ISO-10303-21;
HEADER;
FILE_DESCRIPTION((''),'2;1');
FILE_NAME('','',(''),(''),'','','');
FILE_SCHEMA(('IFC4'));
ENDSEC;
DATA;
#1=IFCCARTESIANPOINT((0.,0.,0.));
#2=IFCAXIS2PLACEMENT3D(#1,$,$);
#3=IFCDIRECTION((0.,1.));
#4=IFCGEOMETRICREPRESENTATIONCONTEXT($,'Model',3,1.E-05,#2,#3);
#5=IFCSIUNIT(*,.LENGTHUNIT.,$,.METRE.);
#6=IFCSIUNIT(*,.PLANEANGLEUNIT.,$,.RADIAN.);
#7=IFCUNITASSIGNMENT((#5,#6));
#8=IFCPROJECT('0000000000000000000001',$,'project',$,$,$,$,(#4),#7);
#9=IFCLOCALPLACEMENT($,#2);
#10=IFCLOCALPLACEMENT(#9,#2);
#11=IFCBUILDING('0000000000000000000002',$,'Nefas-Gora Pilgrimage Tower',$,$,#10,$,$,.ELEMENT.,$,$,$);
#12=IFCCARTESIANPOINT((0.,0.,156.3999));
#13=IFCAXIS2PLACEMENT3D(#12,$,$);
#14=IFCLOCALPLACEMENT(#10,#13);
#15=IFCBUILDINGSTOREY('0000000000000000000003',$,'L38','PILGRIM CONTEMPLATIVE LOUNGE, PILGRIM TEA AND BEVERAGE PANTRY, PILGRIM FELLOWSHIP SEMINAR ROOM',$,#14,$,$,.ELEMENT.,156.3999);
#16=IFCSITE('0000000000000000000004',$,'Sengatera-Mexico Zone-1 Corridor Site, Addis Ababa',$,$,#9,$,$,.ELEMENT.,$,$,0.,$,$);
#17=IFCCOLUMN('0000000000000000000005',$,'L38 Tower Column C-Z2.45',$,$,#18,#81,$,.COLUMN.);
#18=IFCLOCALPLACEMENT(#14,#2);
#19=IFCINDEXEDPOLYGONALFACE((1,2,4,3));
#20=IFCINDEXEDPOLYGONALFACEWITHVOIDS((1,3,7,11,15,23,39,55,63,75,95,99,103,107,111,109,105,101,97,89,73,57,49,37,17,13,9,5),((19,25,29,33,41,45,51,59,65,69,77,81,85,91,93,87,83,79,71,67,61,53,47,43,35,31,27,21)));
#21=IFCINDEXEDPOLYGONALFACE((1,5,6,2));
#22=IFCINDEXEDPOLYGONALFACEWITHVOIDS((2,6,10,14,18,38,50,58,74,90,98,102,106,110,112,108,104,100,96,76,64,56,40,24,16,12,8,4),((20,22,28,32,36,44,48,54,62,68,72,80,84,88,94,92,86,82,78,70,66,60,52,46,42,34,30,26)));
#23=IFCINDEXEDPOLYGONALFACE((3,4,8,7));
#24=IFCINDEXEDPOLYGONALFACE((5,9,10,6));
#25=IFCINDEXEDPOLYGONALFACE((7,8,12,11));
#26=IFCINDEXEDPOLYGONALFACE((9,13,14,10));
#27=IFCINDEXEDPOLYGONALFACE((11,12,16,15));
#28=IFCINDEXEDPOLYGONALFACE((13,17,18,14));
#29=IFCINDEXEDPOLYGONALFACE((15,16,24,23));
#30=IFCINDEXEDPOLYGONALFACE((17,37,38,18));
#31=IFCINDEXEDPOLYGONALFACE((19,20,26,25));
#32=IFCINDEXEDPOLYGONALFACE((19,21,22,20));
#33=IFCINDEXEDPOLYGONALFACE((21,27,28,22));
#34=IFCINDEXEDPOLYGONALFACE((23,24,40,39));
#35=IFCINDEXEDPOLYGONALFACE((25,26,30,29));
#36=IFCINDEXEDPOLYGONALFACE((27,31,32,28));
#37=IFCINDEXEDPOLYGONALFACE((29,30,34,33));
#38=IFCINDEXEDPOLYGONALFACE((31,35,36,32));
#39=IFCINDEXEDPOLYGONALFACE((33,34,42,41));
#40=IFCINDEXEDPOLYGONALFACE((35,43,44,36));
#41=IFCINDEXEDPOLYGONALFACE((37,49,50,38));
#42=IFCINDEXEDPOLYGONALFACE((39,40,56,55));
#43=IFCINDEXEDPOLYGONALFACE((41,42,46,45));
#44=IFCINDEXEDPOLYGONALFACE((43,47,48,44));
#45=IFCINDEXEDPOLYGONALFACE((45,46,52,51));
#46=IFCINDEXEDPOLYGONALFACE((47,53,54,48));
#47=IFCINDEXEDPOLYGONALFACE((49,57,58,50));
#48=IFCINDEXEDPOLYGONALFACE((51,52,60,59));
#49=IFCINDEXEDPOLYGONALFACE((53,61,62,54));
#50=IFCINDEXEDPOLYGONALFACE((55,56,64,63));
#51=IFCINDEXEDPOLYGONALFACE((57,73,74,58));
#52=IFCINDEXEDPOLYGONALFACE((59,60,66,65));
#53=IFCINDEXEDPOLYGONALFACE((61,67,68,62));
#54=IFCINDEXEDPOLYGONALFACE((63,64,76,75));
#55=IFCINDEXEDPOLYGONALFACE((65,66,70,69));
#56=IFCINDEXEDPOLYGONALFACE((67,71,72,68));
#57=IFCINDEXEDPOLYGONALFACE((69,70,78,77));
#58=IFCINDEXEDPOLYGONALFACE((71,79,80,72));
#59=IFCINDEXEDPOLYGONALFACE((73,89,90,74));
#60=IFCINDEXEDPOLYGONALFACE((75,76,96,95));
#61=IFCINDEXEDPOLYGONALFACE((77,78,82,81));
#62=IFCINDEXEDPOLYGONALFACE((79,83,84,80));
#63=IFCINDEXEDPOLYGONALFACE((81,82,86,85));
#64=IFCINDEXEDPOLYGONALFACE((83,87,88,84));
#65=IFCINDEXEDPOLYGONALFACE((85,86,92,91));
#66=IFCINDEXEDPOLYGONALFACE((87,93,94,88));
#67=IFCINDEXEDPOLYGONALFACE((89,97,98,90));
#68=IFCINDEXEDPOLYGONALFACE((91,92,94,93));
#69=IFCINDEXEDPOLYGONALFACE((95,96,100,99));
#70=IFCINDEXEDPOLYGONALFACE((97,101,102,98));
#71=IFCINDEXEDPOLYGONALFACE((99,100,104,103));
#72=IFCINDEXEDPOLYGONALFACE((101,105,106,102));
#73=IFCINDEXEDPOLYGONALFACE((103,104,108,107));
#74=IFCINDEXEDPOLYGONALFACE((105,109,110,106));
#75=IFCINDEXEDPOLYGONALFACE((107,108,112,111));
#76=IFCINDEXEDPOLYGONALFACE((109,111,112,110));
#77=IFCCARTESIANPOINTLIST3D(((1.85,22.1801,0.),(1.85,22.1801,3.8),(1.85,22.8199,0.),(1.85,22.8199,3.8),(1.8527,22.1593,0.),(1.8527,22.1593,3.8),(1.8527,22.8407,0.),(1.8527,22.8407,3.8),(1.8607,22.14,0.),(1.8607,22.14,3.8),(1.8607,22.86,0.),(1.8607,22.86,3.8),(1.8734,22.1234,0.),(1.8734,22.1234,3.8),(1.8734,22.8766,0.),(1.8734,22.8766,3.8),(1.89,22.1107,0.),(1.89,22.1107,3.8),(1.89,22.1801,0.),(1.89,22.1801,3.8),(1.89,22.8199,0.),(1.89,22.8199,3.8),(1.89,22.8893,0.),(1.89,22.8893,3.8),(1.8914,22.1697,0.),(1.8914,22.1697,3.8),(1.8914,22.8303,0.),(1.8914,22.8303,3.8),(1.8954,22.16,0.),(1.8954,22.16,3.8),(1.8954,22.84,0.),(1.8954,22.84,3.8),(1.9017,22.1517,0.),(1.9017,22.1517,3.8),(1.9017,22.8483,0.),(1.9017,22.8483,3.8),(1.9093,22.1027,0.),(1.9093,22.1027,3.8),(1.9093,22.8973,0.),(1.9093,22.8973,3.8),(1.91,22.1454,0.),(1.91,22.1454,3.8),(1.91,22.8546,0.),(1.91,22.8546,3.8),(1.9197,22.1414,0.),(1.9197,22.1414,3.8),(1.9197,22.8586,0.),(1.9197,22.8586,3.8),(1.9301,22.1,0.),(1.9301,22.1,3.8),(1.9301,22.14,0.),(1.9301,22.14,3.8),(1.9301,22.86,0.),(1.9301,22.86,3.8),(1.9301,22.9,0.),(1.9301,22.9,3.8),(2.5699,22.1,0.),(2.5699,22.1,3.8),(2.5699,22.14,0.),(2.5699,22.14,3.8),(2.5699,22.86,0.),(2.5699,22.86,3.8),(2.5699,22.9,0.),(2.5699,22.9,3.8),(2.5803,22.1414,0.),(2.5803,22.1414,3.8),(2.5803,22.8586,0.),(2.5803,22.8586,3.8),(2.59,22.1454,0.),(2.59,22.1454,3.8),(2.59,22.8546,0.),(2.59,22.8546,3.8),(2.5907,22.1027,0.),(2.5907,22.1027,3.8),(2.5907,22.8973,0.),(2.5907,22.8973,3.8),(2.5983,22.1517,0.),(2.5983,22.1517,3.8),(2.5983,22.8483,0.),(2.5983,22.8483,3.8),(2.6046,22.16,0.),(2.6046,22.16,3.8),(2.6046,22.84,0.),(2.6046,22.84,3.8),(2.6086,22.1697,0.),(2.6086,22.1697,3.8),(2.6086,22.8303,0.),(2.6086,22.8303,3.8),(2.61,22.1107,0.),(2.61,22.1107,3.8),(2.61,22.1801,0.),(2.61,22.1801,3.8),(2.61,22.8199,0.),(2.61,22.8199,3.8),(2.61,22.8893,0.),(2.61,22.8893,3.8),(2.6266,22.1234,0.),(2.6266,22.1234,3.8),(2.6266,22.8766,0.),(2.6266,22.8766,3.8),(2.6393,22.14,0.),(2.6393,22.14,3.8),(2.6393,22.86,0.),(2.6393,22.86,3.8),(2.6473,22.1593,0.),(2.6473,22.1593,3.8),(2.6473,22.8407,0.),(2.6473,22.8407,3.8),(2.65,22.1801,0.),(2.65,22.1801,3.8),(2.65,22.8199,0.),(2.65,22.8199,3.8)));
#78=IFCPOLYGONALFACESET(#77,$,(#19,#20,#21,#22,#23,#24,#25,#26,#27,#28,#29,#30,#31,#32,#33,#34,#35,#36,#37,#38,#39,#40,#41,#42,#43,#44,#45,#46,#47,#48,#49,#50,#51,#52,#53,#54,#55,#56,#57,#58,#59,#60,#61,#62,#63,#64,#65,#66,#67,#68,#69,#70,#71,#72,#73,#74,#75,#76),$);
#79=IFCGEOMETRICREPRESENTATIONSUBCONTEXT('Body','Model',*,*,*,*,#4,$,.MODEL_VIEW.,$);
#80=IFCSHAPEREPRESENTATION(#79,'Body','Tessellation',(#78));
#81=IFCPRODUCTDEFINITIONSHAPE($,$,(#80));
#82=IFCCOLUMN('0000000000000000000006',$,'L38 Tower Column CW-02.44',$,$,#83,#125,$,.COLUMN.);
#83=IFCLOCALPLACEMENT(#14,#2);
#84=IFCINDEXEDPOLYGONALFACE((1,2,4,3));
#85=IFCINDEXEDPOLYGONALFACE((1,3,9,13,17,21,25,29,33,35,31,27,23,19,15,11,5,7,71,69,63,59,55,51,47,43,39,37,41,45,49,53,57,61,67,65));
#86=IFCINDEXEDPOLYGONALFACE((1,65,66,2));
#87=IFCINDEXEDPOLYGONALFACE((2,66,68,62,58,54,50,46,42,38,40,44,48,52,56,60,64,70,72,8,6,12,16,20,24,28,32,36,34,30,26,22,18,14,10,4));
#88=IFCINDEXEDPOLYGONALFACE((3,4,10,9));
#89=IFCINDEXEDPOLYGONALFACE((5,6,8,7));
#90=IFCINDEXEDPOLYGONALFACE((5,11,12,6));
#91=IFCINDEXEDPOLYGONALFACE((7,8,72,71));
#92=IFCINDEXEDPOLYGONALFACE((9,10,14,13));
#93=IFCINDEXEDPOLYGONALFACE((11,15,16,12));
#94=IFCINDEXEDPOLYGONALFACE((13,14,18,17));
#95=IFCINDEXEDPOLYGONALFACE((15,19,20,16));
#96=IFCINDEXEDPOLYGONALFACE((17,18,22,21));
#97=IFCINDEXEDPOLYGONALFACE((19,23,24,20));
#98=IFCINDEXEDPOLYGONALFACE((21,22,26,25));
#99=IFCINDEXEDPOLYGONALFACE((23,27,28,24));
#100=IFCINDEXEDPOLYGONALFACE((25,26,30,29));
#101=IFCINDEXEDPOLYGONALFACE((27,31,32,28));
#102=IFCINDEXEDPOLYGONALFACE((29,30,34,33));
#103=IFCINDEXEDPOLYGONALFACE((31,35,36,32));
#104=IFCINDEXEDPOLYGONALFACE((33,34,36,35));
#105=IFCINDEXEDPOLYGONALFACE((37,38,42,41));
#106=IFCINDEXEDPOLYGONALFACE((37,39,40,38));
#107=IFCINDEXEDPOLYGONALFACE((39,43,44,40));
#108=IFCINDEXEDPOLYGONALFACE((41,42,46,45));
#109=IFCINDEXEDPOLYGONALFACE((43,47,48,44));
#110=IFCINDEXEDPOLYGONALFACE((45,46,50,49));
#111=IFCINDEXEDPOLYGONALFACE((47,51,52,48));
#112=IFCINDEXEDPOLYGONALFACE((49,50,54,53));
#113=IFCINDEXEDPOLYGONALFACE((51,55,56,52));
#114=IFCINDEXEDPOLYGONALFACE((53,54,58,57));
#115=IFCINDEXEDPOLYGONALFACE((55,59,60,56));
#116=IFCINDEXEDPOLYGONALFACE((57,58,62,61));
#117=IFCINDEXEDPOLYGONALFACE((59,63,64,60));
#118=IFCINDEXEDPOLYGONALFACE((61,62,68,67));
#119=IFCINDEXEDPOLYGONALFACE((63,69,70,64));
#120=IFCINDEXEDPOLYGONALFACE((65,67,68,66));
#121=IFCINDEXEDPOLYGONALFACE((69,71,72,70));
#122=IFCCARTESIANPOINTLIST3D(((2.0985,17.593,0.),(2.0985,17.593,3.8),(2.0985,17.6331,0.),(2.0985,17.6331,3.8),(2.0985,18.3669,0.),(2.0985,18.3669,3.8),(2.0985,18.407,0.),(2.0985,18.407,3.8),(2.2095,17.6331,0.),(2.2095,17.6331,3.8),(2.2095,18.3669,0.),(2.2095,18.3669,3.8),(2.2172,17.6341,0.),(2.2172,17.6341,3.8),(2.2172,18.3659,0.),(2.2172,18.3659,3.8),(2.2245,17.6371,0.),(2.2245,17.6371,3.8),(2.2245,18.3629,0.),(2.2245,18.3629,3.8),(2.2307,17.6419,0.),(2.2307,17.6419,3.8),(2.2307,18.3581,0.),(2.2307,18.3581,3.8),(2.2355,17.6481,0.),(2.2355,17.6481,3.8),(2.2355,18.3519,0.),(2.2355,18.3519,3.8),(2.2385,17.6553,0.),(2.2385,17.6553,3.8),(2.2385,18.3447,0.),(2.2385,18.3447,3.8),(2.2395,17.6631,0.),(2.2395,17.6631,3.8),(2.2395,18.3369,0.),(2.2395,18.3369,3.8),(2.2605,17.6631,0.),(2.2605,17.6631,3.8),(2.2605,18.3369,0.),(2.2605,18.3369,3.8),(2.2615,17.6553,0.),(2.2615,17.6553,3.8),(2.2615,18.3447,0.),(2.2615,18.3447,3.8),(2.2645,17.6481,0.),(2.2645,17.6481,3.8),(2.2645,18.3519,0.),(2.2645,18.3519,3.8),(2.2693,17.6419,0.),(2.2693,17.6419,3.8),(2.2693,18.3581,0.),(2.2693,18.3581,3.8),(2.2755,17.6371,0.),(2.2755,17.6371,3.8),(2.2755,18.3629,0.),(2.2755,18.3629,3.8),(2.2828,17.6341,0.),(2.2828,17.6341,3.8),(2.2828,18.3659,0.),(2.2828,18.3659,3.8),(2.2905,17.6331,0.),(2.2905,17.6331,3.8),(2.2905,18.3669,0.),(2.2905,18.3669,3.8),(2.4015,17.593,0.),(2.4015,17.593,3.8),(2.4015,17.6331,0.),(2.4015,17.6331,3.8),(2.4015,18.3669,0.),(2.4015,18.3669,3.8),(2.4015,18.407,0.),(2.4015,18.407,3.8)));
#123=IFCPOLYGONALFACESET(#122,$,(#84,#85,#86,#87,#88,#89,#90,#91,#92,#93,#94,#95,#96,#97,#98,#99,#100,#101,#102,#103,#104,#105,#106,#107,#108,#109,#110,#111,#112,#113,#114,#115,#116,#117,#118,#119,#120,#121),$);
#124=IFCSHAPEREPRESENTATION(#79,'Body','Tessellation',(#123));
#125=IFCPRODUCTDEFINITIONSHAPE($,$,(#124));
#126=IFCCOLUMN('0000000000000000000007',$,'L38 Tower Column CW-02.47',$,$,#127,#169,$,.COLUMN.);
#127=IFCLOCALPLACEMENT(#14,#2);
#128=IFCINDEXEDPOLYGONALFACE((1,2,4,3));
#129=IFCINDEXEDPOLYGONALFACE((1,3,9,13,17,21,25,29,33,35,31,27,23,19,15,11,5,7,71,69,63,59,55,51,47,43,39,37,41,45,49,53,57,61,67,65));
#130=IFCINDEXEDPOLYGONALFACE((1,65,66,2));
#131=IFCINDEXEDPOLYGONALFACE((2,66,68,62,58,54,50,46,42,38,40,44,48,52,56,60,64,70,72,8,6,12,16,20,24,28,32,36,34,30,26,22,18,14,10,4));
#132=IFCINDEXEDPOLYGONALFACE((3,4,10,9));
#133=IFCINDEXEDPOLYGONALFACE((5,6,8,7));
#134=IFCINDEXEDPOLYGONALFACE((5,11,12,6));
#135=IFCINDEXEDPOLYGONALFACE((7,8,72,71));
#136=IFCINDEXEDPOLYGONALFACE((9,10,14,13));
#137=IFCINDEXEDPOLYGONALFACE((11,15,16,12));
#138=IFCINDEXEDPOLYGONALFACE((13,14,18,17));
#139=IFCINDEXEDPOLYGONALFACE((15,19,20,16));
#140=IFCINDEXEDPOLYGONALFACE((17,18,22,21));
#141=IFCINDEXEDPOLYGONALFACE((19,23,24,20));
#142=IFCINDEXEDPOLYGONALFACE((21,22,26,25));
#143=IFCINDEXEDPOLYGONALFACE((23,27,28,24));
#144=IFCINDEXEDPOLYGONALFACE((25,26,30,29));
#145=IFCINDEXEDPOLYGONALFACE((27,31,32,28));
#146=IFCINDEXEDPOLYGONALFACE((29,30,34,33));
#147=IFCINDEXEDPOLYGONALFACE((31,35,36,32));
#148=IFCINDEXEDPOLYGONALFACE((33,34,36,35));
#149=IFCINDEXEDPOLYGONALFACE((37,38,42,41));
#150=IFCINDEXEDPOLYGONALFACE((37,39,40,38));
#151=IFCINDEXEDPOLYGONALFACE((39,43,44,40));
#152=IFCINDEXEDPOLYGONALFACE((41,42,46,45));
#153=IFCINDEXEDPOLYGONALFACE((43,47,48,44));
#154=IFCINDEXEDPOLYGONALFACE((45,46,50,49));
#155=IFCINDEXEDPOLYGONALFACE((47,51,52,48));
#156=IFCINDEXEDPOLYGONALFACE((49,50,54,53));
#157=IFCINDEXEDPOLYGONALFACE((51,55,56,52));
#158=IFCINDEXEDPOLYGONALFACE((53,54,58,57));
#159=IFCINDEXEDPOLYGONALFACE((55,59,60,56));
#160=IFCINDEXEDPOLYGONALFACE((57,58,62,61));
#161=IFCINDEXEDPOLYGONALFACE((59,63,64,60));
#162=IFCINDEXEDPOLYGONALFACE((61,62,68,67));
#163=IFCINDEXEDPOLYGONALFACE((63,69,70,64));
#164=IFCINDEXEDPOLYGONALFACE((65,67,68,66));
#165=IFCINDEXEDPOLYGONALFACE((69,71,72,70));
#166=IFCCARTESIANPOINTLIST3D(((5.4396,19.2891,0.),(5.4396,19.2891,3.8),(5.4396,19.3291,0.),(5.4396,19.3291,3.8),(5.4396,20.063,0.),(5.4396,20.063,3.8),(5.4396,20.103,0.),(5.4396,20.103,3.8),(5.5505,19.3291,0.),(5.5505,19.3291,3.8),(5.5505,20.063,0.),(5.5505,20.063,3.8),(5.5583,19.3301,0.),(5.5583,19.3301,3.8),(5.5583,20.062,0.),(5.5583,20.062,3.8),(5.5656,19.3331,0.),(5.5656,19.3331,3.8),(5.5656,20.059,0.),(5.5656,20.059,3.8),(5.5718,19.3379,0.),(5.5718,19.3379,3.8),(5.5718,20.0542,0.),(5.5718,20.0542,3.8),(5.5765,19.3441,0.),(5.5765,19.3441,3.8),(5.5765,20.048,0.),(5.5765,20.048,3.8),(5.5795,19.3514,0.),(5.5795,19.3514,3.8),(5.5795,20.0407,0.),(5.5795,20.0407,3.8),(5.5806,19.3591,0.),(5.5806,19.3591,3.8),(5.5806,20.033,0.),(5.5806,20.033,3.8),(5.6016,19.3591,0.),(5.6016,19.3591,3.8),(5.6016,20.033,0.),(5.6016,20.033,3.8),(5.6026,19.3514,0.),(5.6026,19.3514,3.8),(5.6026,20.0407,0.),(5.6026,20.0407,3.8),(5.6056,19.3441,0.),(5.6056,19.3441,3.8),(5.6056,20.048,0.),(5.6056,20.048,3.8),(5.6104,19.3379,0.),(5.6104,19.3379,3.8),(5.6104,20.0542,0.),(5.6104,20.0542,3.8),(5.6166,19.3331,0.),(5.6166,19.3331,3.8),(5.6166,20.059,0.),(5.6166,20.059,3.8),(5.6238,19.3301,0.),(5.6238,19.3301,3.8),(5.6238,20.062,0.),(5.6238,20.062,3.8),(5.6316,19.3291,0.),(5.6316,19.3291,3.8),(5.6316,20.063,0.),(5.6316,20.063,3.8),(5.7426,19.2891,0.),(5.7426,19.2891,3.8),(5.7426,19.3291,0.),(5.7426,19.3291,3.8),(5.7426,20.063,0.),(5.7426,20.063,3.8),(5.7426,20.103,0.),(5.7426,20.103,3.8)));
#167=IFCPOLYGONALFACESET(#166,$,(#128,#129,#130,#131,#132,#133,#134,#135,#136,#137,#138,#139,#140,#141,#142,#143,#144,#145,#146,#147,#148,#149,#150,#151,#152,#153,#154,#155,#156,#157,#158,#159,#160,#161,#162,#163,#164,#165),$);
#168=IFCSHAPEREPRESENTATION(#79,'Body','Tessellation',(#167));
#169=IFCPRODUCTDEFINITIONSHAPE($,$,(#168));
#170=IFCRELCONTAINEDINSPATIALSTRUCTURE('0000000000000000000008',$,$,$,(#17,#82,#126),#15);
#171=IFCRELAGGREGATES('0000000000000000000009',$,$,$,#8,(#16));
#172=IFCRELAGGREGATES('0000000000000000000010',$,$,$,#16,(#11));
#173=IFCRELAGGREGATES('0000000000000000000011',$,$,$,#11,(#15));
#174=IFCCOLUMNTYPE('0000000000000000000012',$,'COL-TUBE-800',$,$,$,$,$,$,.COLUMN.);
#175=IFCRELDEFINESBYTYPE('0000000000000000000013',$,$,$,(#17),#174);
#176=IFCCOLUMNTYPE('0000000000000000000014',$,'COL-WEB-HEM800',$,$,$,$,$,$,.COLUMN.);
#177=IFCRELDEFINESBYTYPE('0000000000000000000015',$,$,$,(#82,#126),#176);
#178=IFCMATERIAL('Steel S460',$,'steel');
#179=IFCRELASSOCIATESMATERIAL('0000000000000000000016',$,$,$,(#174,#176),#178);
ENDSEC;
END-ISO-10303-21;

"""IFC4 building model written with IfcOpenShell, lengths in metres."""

from ifc_helpers import new_model, si_unit, direction, frame, origin, origin_2d, place, context, subcontext, project, spatial, hollow_rectangle, i_section, extrude, source, transform, mapped, material, material_profile, profile_set, type_object, element, save


model = new_model("IFC4")

# Units and contexts
model_context = context("Model", 3, precision=1e-05, world=origin(), true_north=direction((0.0, 1.0)))
body_context = subcontext(model_context, "Body", "Model", "MODEL_VIEW")
ifc_project = project(units=[si_unit("LENGTHUNIT", "METRE"), si_unit("PLANEANGLEUNIT", "RADIAN")], contexts=[model_context])

# Site, building, storey
site_placement = place(None, origin())
site = spatial("IfcSite", under=ifc_project, at=site_placement, Name="Sengatera-Mexico Zone-1 Corridor Site, Addis Ababa", CompositionType="ELEMENT", RefElevation=0.0)
building_placement = place(site_placement, origin())
building = spatial("IfcBuilding", under=site, at=building_placement, Name="Nefas-Gora Pilgrimage Tower", CompositionType="ELEMENT")
storey_placement = place(building_placement, frame((0.0, 0.0, 156.3999)))
storey = spatial("IfcBuildingStorey", under=building, at=storey_placement, Name="L38", Description="PILGRIM CONTEMPLATIVE LOUNGE, PILGRIM TEA AND BEVERAGE PANTRY, PILGRIM FELLOWSHIP SEMINAR ROOM", CompositionType="ELEMENT", Elevation=156.3999)

# Columns
ifc_material_1 = material(Name="Steel S460", Category="steel")
ifc_material_profile_1 = material_profile(ifc_material_1, hollow_rectangle(XDim=0.8, YDim=0.8, WallThickness=0.04, InnerFilletRadius=0.04, OuterFilletRadius=0.0801, at=origin_2d()), Name="BOX 800x800x40")
ifc_profile_set_1 = profile_set([ifc_material_profile_1], Name="Steel S460")
column_type_1 = type_object("IfcColumnType", Name="COL-TUBE-800", PredefinedType="COLUMN", material=ifc_profile_set_1)
shared_shape_1 = source(origin(), body_context, "Body", "SweptSolid", [
    extrude(hollow_rectangle(XDim=0.8, YDim=0.8, WallThickness=0.04, InnerFilletRadius=0.04, OuterFilletRadius=0.0801, at=origin_2d()), origin(), (0.0, 0.0, 1.0), 3.8),
])
column_placement = place(storey_placement, frame((2.25, 22.5, 0.0), z_axis=(0.0, 0.0, 1.0), x_axis=(1.0, 0.0, 0.0)))
element("IfcColumn", 1, at=column_placement, inside=storey, type_object=column_type_1, Name="L38 Tower Column C-Z2.45", PredefinedType="COLUMN", context=body_context, shape_type="MappedRepresentation", body=[
    mapped(shared_shape_1, transform((0.0, 0.0, 0.0), x_axis=(1.0, 0.0, 0.0), y_axis=(0.0, 1.0, 0.0), z_axis=(0.0, 0.0, 1.0), scale=1.0)),
])
ifc_material_profile_2 = material_profile(ifc_material_1, i_section(OverallWidth=0.303, OverallDepth=0.814, WebThickness=0.021, FlangeThickness=0.04, FilletRadius=0.03, at=origin_2d()), Name="HEM 800")
ifc_profile_set_2 = profile_set([ifc_material_profile_2], Name="Steel S460")
column_type_2 = type_object("IfcColumnType", Name="COL-WEB-HEM800", PredefinedType="COLUMN", material=ifc_profile_set_2)
shared_shape_2 = source(origin(), body_context, "Body", "SweptSolid", [
    extrude(i_section(OverallWidth=0.303, OverallDepth=0.814, WebThickness=0.021, FlangeThickness=0.04, FilletRadius=0.03, at=origin_2d()), origin(), (0.0, 0.0, 1.0), 3.8),
])
for number, where, z_axis, x_axis, name in (
    (2, (2.25, 18.0, 0.0), (0.0, 0.0, 1.0), (1.0, 0.0, 0.0), "L38 Tower Column CW-02.44"),
    (3, (5.5911, 19.696, 0.0), (0.0, 0.0, 1.0), (1.0, 0.0, 0.0), "L38 Tower Column CW-02.47"),
):
    element("IfcColumn", number, at=place(storey_placement, frame(where, z_axis=z_axis, x_axis=x_axis)), inside=storey, type_object=column_type_2, Name=name, PredefinedType="COLUMN", context=body_context, shape_type="MappedRepresentation", body=[
        mapped(shared_shape_2, transform((0.0, 0.0, 0.0), x_axis=(1.0, 0.0, 0.0), y_axis=(0.0, 1.0, 0.0), z_axis=(0.0, 0.0, 1.0), scale=1.0)),
    ])

save(model, "model.ifc")
